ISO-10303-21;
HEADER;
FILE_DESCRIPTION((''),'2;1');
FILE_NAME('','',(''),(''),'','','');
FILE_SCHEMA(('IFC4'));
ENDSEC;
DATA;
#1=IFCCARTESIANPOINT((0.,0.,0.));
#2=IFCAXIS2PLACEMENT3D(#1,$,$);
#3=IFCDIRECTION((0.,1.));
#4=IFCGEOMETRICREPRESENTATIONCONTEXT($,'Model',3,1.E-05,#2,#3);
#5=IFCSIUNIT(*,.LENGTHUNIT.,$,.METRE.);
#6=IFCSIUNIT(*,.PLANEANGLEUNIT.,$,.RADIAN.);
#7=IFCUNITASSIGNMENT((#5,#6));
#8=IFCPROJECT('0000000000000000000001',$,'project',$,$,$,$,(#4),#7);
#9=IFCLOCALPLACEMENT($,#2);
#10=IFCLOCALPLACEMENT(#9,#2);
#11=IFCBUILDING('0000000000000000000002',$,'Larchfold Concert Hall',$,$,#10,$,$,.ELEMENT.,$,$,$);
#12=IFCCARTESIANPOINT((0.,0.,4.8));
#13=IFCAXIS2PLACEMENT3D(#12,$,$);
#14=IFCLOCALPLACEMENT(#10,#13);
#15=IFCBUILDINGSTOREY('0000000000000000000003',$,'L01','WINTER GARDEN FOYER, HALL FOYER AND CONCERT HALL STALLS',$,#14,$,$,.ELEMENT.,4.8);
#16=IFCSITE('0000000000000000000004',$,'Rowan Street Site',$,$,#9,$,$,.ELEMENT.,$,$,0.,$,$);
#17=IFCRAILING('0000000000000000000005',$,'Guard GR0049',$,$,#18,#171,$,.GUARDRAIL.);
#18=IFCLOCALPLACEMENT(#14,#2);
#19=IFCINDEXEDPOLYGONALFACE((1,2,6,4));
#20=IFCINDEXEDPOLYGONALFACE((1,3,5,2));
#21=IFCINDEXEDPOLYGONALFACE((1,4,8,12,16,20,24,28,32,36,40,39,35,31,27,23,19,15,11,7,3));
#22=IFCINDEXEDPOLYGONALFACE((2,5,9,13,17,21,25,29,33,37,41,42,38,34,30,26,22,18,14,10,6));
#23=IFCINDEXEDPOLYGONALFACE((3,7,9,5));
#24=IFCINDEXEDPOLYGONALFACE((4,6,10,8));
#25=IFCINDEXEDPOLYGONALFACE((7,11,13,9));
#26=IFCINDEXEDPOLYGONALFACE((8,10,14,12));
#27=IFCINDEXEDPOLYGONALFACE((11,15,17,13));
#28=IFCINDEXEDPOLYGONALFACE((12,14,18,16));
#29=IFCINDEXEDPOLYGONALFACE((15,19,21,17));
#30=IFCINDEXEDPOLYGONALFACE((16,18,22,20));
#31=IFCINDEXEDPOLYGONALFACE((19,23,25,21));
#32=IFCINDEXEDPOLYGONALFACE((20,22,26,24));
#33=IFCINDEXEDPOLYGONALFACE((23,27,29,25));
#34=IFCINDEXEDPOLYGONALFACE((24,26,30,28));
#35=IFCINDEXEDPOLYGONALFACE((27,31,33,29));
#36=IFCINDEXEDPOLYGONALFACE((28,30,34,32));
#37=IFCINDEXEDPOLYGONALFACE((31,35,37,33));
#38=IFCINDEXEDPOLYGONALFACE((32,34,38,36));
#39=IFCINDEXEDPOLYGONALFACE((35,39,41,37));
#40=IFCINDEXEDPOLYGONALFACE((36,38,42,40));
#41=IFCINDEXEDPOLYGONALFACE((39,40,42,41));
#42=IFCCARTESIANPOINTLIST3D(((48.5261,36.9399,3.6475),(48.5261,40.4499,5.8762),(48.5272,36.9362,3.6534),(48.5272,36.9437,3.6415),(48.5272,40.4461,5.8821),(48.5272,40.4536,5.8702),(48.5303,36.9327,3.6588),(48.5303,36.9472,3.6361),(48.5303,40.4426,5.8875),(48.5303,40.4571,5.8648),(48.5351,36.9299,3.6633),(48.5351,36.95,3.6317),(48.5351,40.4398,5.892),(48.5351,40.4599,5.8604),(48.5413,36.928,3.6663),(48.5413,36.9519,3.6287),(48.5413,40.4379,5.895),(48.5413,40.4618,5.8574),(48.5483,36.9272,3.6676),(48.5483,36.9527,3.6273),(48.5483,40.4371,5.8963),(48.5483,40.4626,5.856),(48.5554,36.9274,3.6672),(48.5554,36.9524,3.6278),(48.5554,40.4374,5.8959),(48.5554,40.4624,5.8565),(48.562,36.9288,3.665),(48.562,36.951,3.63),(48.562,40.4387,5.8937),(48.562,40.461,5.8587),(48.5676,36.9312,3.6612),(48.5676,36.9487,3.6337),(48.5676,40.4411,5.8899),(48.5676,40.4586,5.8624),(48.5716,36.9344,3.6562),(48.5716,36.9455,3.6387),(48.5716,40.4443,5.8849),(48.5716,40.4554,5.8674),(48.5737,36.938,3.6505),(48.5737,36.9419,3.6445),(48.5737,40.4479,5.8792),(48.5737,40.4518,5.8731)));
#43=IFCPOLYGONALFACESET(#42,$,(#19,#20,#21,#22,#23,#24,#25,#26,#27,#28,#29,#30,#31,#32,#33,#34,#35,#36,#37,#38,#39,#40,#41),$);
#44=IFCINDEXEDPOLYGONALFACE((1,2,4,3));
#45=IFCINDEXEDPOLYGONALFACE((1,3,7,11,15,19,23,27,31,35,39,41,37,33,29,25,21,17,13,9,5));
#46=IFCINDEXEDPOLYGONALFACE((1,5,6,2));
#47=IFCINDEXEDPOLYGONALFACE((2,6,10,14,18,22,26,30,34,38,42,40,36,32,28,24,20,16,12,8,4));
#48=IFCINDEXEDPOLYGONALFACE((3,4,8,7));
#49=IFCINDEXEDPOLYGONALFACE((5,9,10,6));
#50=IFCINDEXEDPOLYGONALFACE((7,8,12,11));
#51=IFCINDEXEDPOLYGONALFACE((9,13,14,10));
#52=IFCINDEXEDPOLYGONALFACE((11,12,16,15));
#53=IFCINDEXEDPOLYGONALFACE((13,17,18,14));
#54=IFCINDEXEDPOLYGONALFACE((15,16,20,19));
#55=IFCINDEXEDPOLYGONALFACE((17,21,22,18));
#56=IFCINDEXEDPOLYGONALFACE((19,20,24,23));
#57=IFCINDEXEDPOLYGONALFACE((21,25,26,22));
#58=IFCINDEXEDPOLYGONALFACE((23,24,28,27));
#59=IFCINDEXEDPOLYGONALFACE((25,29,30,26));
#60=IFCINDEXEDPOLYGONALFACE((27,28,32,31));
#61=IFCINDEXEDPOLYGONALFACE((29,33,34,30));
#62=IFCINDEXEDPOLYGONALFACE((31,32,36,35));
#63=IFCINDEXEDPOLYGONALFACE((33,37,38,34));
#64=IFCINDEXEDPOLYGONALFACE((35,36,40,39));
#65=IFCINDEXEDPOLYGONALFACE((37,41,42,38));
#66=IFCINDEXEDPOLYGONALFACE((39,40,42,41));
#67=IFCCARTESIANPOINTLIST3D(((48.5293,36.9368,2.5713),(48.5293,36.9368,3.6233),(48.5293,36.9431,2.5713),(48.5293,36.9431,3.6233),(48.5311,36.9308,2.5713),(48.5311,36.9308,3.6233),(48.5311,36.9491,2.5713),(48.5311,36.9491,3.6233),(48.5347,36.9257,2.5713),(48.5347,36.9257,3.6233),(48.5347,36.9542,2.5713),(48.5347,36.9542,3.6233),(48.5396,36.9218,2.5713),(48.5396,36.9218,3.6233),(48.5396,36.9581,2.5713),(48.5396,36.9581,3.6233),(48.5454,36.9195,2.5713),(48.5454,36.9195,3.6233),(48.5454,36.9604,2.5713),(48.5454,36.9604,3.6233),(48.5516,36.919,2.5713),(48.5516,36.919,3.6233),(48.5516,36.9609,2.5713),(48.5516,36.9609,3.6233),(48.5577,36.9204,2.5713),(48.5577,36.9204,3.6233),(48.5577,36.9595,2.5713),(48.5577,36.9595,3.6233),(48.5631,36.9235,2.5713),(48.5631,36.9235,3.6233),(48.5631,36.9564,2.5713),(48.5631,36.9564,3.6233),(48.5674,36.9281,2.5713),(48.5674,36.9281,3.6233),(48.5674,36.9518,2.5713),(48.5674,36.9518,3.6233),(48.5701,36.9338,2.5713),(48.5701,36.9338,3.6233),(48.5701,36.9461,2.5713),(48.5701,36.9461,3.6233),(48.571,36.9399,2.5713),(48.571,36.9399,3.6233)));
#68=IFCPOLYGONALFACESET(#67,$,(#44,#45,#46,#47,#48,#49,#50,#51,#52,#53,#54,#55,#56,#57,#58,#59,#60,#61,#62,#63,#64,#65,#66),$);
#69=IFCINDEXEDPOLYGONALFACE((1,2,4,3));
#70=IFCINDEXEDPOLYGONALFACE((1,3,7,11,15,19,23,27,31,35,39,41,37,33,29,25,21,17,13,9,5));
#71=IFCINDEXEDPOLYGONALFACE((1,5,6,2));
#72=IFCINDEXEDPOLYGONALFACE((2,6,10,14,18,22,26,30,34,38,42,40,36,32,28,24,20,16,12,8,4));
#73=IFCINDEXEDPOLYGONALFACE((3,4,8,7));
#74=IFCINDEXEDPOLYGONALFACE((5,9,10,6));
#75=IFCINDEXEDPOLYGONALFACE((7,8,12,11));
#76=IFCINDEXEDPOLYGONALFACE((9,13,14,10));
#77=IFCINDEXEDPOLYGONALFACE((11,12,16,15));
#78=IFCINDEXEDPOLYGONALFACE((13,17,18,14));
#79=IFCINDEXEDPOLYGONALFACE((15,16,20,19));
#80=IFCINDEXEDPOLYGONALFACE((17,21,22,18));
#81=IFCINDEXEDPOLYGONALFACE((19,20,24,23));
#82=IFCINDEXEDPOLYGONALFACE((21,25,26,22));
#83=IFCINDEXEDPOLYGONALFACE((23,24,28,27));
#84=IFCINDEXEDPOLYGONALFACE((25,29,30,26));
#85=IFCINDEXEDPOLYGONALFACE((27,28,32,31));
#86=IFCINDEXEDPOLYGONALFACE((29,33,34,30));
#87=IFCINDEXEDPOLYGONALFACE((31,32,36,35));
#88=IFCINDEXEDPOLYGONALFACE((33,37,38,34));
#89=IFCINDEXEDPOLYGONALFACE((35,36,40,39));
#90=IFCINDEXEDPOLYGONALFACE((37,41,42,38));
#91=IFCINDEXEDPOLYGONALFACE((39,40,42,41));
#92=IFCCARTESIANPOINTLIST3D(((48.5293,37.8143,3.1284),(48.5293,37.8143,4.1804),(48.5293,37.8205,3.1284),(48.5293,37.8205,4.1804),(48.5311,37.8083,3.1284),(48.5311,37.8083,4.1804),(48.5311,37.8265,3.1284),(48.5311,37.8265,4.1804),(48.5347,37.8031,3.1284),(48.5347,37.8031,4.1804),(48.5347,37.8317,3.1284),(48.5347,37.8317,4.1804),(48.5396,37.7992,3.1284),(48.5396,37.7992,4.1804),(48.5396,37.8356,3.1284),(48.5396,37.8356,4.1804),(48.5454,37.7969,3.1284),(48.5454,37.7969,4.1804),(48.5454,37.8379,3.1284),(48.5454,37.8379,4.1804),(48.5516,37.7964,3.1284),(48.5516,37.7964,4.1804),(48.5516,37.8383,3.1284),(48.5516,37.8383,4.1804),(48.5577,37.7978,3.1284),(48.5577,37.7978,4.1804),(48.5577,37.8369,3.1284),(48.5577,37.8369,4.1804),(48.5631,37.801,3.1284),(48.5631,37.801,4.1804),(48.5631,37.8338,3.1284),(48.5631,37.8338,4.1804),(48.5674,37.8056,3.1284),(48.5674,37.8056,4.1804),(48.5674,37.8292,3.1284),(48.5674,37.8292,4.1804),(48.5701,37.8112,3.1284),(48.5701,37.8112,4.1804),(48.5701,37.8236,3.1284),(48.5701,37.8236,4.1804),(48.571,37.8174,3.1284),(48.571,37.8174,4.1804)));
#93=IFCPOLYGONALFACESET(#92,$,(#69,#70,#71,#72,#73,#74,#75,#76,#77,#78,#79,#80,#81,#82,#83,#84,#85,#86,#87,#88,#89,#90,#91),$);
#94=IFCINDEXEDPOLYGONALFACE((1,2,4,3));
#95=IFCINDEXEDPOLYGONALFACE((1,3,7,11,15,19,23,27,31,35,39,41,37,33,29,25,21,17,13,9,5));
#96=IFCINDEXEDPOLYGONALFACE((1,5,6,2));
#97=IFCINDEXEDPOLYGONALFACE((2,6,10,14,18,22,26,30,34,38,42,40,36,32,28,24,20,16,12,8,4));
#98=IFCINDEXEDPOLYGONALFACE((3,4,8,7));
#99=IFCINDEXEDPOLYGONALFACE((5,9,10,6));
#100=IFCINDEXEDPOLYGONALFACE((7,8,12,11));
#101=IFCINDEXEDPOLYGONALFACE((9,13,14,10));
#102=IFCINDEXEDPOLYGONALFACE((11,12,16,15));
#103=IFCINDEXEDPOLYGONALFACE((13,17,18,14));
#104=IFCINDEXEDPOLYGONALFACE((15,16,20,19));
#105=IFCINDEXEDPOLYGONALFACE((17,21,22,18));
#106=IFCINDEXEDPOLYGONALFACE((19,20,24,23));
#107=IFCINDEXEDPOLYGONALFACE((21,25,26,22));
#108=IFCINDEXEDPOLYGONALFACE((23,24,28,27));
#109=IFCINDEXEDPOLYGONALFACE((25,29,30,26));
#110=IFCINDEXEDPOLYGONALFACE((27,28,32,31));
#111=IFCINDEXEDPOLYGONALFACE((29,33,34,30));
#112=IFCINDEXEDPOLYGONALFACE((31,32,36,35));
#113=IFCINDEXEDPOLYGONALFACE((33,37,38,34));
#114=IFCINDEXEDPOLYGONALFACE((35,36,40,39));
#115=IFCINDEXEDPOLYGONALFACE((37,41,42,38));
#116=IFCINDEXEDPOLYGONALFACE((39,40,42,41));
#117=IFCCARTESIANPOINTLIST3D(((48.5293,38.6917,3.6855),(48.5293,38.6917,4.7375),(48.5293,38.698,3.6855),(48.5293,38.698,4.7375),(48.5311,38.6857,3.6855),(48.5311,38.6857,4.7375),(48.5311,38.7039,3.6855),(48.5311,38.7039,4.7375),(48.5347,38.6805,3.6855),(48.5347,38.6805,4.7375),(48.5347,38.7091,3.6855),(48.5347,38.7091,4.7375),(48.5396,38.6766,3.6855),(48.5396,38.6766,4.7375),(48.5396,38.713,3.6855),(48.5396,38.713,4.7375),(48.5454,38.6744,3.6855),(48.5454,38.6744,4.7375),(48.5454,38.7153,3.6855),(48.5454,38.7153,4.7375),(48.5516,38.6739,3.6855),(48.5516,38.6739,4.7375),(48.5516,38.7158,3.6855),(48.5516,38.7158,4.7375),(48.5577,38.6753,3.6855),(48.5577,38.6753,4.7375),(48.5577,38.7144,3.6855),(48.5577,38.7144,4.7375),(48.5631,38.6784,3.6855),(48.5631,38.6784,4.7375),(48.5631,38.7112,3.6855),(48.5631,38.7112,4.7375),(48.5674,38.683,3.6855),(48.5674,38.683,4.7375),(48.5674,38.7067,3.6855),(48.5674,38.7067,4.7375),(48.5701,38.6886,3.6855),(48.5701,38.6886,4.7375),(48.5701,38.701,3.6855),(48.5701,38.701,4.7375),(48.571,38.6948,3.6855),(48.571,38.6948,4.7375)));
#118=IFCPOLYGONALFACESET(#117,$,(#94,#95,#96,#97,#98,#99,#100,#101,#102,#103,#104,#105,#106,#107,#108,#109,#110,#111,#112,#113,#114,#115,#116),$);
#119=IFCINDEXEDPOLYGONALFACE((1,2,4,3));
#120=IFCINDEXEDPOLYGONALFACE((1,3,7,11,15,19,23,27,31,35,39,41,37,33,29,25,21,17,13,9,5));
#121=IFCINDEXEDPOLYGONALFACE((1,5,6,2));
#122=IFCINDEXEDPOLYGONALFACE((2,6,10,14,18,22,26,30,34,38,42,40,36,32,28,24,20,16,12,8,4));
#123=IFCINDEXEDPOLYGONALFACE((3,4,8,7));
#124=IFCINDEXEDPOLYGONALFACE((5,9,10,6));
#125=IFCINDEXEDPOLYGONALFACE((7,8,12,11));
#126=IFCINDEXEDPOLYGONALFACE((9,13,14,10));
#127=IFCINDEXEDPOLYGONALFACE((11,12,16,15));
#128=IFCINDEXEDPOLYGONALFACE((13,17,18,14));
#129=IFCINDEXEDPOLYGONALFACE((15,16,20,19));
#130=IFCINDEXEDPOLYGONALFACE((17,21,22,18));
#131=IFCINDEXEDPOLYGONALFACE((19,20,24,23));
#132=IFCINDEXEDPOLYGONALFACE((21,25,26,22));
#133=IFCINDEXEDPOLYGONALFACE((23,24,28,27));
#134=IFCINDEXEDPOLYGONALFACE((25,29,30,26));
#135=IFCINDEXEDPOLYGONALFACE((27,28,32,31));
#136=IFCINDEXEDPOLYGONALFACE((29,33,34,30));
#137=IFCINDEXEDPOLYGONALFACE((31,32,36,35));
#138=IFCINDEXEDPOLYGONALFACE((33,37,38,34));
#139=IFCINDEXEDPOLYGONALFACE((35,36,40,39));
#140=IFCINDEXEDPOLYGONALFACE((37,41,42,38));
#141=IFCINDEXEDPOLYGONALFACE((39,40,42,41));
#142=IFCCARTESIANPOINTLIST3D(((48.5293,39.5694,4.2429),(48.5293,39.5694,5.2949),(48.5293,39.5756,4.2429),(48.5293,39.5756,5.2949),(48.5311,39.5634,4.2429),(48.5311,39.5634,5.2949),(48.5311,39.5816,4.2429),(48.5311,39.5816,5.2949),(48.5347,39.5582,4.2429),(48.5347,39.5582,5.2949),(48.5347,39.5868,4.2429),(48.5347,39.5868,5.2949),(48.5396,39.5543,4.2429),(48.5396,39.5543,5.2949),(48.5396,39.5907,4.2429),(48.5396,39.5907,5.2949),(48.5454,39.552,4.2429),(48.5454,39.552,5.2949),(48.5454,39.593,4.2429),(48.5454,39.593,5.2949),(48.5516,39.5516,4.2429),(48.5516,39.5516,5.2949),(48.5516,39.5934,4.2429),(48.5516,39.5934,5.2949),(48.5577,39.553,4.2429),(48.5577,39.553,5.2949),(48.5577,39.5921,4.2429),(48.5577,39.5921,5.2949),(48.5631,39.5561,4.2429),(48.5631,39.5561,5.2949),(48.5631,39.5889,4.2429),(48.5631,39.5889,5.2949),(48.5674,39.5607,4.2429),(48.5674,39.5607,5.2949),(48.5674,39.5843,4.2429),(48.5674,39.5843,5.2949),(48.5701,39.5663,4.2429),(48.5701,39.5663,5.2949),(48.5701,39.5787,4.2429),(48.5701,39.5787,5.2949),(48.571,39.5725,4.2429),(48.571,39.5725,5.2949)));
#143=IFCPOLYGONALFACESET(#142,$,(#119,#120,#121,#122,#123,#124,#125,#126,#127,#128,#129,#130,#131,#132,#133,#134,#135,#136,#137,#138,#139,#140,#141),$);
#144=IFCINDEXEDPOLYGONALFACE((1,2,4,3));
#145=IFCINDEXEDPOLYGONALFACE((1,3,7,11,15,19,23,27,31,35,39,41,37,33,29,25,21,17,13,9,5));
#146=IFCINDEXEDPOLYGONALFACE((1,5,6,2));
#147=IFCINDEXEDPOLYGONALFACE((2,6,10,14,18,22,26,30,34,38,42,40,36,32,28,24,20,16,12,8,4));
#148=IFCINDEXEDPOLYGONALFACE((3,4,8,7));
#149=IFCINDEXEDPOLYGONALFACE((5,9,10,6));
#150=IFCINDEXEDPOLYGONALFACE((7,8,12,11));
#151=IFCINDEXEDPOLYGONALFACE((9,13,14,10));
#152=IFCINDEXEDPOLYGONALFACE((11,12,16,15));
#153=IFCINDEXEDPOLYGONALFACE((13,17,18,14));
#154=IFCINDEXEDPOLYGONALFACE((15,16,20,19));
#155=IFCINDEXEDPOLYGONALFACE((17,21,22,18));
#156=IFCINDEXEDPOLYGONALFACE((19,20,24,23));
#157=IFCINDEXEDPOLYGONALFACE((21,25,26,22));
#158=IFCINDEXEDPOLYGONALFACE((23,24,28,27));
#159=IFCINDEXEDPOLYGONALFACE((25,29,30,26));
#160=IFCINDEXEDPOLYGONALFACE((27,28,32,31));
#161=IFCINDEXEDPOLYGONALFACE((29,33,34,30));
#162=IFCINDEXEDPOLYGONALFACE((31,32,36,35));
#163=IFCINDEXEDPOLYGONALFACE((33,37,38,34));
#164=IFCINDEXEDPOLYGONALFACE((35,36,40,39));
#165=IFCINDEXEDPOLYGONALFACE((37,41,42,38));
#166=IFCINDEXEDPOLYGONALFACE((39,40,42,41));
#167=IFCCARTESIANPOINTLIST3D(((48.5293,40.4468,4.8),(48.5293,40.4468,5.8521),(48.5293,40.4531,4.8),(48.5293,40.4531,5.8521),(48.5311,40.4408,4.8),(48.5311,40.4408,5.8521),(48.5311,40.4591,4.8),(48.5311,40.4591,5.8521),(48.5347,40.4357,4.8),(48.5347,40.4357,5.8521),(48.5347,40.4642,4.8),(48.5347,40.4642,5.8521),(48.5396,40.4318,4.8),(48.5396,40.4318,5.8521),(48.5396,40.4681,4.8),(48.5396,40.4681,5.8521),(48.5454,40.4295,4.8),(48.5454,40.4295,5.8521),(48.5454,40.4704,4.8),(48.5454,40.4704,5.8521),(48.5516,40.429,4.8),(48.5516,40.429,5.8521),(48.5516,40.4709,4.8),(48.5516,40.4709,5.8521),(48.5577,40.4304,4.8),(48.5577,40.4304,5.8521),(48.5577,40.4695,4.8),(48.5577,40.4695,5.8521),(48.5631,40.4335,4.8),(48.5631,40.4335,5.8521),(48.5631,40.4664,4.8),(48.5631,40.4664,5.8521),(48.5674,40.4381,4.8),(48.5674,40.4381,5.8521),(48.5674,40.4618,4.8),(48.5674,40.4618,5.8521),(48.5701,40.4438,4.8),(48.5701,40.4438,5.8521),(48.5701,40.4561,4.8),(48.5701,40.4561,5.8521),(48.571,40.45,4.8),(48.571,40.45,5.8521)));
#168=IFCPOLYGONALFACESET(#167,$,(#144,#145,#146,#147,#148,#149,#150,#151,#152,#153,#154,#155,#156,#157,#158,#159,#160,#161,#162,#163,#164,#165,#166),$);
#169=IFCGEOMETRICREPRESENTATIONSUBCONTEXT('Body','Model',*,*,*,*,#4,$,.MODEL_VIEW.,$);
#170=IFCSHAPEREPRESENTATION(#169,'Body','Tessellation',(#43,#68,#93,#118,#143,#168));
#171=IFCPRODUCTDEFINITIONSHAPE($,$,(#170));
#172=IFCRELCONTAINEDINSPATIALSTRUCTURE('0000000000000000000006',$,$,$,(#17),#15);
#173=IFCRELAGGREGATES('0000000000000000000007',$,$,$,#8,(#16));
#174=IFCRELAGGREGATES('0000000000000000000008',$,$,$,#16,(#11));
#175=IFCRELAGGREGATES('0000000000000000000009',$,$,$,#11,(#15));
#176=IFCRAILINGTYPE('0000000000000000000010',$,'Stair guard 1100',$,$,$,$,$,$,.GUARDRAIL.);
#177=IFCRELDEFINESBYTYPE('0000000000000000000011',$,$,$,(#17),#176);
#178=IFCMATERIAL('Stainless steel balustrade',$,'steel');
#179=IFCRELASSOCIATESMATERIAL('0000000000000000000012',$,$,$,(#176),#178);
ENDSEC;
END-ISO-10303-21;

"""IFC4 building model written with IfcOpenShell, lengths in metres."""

from ifc_helpers import new_model, si_unit, direction, frame, origin, origin_2d, place, context, subcontext, project, spatial, circle, extrude, material, type_object, element, save


model = new_model("IFC4")

# Units and contexts
model_context = context("Model", 3, precision=1e-05, world=origin(), true_north=direction((0.0, 1.0)))
body_context = subcontext(model_context, "Body", "Model", "MODEL_VIEW")
ifc_project = project(units=[si_unit("LENGTHUNIT", "METRE"), si_unit("PLANEANGLEUNIT", "RADIAN")], contexts=[model_context])

# Site, building, storey
site_placement = place(None, origin())
site = spatial("IfcSite", under=ifc_project, at=site_placement, Name="Rowan Street Site", CompositionType="ELEMENT", RefElevation=0.0)
building_placement = place(site_placement, origin())
building = spatial("IfcBuilding", under=site, at=building_placement, Name="Larchfold Concert Hall", CompositionType="ELEMENT")
storey_placement = place(building_placement, frame((0.0, 0.0, 4.8)))
storey = spatial("IfcBuildingStorey", under=building, at=storey_placement, Name="L01", Description="WINTER GARDEN FOYER, HALL FOYER AND CONCERT HALL STALLS", CompositionType="ELEMENT", Elevation=4.8)

# Railing
ifc_material_1 = material(Name="Stainless steel balustrade", Category="steel")
railing_type_1 = type_object("IfcRailingType", Name="Stair guard 1100", PredefinedType="GUARDRAIL", material=ifc_material_1)
railing_1_placement = place(storey_placement, frame((48.55, 36.9399, 2.5713)))
element("IfcRailing", 1, at=railing_1_placement, inside=storey, type_object=railing_type_1, Name="Guard GR0049", PredefinedType="GUARDRAIL", context=body_context, shape_type="SweptSolid", body=[
    extrude(circle(Radius=0.0239, at=origin_2d()), frame((0.0, 0.0, 1.0762), z_axis=(0.0, 0.844193, 0.536039), x_axis=(-1.0, 0.0, 0.0)), (0.0, 0.0, 1.0), 4.1577),
    extrude(circle(Radius=0.021, at=origin_2d()), origin(), (0.0, 0.0, 1.0), 1.052),
    extrude(circle(Radius=0.021, at=origin_2d()), frame((0.0, 0.8774, 0.5571)), (0.0, 0.0, 1.0), 1.052),
    extrude(circle(Radius=0.021, at=origin_2d()), frame((0.0, 1.7549, 1.1143)), (0.0, 0.0, 1.0), 1.052),
    extrude(circle(Radius=0.021, at=origin_2d()), frame((0.0, 2.6326, 1.6716)), (0.0, 0.0, 1.0), 1.052),
    extrude(circle(Radius=0.021, at=origin_2d()), frame((0.0, 3.51, 2.2288)), (0.0, 0.0, 1.0), 1.052),
])

save(model, "model.ifc")
